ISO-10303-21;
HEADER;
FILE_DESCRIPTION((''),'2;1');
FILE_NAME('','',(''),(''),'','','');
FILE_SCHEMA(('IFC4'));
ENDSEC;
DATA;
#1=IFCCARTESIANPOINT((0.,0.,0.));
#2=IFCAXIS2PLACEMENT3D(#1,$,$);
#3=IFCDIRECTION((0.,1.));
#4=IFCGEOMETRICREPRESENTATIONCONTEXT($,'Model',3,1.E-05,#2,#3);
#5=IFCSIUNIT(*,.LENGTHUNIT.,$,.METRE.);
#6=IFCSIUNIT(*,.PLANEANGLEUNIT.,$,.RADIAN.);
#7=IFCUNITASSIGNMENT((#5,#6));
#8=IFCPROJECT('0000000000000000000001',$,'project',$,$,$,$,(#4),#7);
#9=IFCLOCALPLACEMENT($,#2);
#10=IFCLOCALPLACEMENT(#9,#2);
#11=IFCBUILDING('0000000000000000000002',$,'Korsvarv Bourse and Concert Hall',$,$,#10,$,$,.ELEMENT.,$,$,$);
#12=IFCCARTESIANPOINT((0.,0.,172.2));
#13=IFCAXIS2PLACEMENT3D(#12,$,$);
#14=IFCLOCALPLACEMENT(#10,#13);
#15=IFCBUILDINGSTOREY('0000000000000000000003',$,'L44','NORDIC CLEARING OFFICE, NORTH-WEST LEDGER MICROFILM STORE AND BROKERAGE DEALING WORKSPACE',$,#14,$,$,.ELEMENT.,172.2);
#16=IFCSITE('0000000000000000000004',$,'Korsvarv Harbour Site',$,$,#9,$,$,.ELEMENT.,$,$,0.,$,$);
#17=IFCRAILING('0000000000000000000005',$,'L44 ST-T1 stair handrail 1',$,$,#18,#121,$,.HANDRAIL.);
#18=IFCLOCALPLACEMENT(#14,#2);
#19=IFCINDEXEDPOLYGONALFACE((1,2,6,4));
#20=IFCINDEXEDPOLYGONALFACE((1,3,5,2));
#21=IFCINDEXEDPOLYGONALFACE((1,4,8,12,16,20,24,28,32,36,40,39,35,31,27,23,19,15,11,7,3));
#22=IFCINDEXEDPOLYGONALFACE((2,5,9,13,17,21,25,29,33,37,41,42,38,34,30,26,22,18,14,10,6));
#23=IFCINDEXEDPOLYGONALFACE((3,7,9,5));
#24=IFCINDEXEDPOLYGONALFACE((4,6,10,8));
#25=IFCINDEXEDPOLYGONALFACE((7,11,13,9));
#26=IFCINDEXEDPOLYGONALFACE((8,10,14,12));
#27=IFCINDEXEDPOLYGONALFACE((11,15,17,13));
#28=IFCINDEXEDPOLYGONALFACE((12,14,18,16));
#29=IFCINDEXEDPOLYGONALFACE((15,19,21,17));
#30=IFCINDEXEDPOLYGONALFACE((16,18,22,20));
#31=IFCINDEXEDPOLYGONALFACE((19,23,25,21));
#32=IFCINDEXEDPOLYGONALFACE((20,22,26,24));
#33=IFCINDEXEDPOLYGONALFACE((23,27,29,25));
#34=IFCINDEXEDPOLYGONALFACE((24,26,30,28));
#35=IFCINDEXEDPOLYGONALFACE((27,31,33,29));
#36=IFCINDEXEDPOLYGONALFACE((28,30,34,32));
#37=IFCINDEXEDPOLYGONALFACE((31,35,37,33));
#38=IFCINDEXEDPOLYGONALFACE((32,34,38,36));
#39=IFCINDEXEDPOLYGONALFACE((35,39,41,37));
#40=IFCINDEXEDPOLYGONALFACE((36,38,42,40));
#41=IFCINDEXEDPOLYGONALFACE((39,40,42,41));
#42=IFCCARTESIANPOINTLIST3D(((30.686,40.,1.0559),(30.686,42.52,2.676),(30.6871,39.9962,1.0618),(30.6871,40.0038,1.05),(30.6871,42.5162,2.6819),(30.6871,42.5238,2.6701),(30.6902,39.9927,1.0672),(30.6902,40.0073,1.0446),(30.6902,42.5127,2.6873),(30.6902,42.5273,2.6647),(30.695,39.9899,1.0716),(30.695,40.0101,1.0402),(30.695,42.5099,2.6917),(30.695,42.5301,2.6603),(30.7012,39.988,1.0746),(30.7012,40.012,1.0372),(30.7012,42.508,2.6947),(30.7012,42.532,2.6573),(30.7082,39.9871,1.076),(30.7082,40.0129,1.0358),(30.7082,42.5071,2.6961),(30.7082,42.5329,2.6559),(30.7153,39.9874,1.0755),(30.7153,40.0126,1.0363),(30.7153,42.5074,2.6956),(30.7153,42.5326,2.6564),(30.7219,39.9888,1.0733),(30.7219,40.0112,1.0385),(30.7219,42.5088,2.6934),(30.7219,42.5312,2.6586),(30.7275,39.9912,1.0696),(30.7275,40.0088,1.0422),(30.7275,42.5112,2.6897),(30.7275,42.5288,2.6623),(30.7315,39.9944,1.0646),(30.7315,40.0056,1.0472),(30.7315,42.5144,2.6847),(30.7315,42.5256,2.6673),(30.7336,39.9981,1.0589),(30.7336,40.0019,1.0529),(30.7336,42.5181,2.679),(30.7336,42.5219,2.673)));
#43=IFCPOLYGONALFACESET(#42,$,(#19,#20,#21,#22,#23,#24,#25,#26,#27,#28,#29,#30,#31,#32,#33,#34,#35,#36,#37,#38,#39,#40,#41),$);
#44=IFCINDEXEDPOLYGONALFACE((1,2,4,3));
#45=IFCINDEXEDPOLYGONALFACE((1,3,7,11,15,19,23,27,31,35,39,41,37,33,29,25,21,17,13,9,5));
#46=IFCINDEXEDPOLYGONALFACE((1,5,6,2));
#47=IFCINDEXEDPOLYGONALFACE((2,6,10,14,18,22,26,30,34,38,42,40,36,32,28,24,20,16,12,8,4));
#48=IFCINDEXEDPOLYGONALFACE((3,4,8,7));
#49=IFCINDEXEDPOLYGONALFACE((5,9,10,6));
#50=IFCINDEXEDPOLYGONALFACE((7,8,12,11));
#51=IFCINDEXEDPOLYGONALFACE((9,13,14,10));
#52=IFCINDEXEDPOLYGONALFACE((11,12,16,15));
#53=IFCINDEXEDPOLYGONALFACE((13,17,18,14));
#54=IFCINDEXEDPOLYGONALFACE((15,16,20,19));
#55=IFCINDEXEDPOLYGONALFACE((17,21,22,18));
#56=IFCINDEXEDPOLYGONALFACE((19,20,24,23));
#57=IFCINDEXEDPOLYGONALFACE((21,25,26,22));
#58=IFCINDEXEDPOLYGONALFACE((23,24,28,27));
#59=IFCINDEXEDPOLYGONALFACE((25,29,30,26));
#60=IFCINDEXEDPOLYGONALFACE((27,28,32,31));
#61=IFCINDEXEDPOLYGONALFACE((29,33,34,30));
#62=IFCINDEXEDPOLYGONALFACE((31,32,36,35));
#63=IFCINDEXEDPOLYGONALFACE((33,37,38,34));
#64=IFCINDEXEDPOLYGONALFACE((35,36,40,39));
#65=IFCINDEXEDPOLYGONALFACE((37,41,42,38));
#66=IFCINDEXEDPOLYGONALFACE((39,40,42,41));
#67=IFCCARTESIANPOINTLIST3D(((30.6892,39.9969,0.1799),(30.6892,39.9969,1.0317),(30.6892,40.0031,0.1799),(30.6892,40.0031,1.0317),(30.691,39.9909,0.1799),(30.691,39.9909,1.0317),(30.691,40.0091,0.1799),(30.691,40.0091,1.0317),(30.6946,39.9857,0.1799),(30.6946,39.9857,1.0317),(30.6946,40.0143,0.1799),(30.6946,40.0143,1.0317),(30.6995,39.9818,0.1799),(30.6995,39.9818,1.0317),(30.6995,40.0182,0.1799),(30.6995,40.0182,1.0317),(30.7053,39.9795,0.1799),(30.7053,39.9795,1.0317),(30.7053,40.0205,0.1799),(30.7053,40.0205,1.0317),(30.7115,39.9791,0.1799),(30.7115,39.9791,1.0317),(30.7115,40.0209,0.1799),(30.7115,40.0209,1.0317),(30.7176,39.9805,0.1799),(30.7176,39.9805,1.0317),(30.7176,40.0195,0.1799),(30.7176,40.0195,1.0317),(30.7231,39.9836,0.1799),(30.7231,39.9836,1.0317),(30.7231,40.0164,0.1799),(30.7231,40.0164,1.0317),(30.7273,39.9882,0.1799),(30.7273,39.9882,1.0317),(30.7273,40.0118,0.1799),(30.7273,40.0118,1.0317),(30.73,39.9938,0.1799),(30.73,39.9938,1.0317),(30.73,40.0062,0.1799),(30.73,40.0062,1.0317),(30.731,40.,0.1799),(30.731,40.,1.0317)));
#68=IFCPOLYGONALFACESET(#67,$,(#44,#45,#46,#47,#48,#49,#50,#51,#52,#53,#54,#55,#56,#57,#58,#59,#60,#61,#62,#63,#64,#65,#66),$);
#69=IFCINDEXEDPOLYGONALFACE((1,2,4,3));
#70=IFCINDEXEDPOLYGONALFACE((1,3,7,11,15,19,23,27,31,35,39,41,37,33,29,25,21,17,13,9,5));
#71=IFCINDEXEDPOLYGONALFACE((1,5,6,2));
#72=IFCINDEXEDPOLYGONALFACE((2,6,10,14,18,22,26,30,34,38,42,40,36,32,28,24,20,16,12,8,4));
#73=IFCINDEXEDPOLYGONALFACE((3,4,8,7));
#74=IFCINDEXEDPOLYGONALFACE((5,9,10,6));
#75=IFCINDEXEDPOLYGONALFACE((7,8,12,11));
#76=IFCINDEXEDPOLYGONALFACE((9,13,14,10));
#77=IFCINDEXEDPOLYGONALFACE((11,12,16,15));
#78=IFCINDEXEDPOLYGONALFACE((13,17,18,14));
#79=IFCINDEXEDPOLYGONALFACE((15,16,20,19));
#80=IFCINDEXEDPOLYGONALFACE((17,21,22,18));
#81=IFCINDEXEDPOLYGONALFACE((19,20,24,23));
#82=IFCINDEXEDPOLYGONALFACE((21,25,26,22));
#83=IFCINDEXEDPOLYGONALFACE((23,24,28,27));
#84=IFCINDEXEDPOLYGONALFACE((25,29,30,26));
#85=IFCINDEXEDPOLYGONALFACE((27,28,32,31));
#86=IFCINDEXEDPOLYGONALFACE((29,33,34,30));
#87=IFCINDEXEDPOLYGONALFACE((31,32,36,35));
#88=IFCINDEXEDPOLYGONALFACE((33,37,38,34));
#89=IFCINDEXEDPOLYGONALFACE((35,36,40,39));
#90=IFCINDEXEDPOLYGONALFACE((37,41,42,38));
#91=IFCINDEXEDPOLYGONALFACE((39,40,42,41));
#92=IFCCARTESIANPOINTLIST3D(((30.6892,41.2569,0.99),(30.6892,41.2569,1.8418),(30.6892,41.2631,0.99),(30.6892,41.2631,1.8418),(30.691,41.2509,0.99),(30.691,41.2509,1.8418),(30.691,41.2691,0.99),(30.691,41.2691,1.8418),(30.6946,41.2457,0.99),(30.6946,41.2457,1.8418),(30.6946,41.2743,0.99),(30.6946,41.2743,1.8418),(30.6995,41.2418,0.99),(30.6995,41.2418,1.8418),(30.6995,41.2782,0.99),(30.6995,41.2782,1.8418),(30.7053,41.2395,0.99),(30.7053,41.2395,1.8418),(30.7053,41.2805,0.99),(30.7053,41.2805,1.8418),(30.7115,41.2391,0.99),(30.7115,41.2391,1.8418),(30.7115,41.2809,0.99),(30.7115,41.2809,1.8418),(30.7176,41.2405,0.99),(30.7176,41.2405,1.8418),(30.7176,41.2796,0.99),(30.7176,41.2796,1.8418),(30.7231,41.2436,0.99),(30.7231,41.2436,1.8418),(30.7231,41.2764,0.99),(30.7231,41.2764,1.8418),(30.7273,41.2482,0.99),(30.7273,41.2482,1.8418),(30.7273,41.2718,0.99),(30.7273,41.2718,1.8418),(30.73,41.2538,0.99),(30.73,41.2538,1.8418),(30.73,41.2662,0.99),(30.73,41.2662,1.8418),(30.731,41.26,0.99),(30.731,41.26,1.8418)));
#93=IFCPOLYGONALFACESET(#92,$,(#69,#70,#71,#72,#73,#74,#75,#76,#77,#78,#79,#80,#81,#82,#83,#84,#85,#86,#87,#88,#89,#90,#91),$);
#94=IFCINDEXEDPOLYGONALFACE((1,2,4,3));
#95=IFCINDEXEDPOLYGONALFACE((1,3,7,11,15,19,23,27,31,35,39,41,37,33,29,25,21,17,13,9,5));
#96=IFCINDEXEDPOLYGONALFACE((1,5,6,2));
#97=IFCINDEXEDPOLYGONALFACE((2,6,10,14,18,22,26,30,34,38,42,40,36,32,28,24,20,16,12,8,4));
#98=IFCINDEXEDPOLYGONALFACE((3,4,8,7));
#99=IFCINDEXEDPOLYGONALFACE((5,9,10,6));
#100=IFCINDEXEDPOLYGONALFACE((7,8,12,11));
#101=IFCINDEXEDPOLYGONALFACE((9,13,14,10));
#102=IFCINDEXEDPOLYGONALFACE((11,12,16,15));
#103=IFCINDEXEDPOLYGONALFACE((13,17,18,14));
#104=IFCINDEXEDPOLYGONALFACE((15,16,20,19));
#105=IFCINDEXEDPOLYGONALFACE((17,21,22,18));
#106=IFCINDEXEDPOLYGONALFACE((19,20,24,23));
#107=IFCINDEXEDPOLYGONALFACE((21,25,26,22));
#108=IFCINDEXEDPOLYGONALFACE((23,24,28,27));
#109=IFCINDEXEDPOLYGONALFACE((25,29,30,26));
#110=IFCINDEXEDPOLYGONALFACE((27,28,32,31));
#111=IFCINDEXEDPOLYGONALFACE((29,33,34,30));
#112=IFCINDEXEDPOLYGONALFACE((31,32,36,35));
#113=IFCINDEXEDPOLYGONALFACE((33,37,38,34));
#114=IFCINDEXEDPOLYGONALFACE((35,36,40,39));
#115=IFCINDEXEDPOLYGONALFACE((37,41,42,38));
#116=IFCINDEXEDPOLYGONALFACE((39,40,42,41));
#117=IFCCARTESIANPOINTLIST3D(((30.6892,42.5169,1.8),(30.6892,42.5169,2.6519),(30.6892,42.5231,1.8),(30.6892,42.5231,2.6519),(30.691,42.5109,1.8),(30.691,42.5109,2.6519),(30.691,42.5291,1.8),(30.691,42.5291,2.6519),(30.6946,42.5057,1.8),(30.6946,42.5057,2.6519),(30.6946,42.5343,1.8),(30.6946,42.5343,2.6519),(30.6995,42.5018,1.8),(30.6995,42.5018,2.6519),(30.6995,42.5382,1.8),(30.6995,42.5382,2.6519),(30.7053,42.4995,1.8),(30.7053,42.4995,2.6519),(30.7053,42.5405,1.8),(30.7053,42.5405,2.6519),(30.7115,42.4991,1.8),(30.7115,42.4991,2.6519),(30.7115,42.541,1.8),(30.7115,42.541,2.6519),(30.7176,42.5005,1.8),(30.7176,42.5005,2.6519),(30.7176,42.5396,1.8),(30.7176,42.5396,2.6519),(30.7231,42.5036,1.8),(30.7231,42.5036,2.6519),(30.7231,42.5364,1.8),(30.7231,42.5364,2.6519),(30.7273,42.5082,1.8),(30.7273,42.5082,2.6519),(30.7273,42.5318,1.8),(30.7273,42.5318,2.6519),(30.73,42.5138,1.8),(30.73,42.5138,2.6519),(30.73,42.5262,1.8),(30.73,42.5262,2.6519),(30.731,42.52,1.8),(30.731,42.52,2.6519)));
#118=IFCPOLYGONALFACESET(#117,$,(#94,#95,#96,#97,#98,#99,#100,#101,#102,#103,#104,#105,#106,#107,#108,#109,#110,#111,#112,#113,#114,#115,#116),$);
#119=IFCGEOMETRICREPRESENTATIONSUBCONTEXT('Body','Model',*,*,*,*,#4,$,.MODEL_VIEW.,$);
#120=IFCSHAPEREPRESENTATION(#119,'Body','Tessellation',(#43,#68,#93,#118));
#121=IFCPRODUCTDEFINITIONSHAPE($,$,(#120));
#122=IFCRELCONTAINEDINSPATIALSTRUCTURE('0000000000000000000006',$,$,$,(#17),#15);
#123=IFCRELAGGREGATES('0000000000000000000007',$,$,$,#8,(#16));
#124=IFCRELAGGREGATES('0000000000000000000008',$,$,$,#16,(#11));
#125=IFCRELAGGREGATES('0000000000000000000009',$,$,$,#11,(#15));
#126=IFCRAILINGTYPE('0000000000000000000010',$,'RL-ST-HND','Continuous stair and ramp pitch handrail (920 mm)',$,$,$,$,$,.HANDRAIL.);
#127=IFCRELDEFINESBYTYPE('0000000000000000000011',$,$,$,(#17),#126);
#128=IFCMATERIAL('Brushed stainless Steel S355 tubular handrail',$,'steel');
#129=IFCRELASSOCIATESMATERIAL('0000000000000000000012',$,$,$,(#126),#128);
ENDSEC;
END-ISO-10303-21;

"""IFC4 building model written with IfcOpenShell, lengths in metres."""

from ifc_helpers import new_model, si_unit, direction, frame, origin, origin_2d, place, context, subcontext, project, spatial, circle, extrude, material, type_object, element, save


model = new_model("IFC4")

# Units and contexts
model_context = context("Model", 3, precision=1e-05, world=origin(), true_north=direction((0.0, 1.0)))
body_context = subcontext(model_context, "Body", "Model", "MODEL_VIEW")
ifc_project = project(units=[si_unit("LENGTHUNIT", "METRE"), si_unit("PLANEANGLEUNIT", "RADIAN")], contexts=[model_context])

# Site, building, storey
site_placement = place(None, origin())
site = spatial("IfcSite", under=ifc_project, at=site_placement, Name="Korsvarv Harbour Site", CompositionType="ELEMENT", RefElevation=0.0)
building_placement = place(site_placement, origin())
building = spatial("IfcBuilding", under=site, at=building_placement, Name="Korsvarv Bourse and Concert Hall", CompositionType="ELEMENT")
storey_placement = place(building_placement, frame((0.0, 0.0, 172.2)))
storey = spatial("IfcBuildingStorey", under=building, at=storey_placement, Name="L44", Description="NORDIC CLEARING OFFICE, NORTH-WEST LEDGER MICROFILM STORE AND BROKERAGE DEALING WORKSPACE", CompositionType="ELEMENT", Elevation=172.2)

# Railing
ifc_material_1 = material(Name="Brushed stainless Steel S355 tubular handrail", Category="steel")
railing_type_1 = type_object("IfcRailingType", Name="RL-ST-HND", Description="Continuous stair and ramp pitch handrail (920 mm)", PredefinedType="HANDRAIL", material=ifc_material_1)
railing_1_placement = place(storey_placement, frame((30.71, 40.0, 0.1799)))
element("IfcRailing", 1, at=railing_1_placement, inside=storey, type_object=railing_type_1, Name="L44 ST-T1 stair handrail 1", PredefinedType="HANDRAIL", context=body_context, shape_type="SweptSolid", body=[
    extrude(circle(Radius=0.0239, at=origin_2d()), frame((0.0, 0.0, 0.876), z_axis=(0.0, 0.841163, 0.540782), x_axis=(-1.0, 0.0, 0.0)), (0.0, 0.0, 1.0), 2.9958),
    extrude(circle(Radius=0.021, at=origin_2d()), origin(), (0.0, 0.0, 1.0), 0.8518),
    extrude(circle(Radius=0.021, at=origin_2d()), frame((0.0, 1.26, 0.8101)), (0.0, 0.0, 1.0), 0.8518),
    extrude(circle(Radius=0.021, at=origin_2d()), frame((0.0, 2.52, 1.6201)), (0.0, 0.0, 1.0), 0.8518),
])

save(model, "model.ifc")
